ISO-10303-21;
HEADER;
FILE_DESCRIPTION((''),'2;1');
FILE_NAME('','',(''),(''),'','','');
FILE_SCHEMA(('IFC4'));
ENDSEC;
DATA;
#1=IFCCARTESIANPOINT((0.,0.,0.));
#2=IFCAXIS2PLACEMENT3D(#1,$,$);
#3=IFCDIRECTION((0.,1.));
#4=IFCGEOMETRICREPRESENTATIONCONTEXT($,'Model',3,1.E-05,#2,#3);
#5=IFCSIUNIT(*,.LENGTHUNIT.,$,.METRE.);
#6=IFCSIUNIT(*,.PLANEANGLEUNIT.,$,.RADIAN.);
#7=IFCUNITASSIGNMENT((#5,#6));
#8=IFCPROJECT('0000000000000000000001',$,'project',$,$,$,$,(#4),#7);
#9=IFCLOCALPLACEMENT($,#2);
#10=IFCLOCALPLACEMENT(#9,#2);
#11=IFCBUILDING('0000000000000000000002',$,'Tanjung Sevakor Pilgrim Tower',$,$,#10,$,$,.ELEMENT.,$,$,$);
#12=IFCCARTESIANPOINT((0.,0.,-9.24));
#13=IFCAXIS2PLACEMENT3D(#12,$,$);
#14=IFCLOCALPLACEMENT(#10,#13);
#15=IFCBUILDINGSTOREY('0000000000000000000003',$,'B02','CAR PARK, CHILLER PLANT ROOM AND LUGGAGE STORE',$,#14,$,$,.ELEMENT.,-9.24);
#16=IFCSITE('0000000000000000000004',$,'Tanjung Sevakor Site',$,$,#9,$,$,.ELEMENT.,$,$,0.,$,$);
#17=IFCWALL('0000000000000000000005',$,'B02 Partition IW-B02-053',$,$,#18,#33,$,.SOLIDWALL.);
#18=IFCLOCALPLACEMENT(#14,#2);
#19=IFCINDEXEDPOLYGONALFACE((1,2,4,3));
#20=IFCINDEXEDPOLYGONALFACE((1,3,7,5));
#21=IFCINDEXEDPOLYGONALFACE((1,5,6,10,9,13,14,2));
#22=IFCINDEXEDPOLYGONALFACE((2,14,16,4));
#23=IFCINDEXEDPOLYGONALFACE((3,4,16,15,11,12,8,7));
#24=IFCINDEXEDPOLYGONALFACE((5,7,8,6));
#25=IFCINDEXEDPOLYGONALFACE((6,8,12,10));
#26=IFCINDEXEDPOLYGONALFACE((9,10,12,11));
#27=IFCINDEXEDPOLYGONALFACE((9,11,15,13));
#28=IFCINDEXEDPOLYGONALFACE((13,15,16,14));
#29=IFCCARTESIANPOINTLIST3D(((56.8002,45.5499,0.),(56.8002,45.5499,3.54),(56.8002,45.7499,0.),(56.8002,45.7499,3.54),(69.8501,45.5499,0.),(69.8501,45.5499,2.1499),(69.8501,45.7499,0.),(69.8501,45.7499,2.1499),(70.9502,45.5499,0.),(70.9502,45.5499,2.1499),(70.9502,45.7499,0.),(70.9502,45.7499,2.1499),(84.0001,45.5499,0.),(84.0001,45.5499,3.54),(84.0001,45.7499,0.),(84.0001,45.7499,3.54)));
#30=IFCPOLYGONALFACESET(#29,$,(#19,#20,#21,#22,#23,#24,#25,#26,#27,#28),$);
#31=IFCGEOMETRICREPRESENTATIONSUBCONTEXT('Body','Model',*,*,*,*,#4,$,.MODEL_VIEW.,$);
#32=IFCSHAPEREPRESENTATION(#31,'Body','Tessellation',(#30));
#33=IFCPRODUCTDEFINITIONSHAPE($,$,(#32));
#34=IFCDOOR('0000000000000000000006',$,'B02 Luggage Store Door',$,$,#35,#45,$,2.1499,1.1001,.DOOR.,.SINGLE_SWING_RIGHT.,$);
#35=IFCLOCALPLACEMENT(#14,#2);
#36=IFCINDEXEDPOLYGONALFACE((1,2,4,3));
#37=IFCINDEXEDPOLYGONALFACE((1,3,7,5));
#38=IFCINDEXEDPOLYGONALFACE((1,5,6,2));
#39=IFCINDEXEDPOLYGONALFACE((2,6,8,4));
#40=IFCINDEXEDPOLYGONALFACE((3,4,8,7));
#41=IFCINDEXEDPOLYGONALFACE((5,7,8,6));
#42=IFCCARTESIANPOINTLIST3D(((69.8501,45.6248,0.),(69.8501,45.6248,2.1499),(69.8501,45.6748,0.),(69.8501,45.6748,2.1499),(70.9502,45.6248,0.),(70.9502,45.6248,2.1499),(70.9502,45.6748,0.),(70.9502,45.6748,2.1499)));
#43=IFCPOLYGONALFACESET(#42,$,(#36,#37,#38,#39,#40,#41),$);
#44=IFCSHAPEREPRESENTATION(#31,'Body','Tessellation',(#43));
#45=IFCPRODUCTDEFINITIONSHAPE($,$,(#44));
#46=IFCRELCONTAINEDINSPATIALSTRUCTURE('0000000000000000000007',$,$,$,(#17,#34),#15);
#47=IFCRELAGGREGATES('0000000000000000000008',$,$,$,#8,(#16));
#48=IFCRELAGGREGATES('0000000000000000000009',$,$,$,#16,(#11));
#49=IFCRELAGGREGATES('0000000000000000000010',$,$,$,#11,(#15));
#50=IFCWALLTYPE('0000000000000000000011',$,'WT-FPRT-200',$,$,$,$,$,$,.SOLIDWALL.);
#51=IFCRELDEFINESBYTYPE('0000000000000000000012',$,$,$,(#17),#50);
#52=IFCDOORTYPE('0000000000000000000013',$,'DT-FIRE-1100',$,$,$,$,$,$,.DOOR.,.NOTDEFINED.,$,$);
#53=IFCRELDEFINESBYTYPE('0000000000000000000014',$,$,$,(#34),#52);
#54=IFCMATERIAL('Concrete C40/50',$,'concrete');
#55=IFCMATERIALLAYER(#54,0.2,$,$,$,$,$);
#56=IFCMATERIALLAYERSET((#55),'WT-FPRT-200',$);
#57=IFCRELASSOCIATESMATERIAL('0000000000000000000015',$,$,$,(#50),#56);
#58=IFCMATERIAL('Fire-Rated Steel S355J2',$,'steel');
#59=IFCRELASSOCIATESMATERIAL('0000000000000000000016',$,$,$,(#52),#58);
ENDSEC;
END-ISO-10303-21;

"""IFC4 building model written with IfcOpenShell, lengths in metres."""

from ifc_helpers import new_model, si_unit, direction, frame, frame_2d, origin, place, context, subcontext, project, spatial, rectangle, extrude, material, layer, layer_set, type_object, element, fill, save


model = new_model("IFC4")

# Units and contexts
model_context = context("Model", 3, precision=1e-05, world=origin(), true_north=direction((0.0, 1.0)))
body_context = subcontext(model_context, "Body", "Model", "MODEL_VIEW")
ifc_project = project(units=[si_unit("LENGTHUNIT", "METRE"), si_unit("PLANEANGLEUNIT", "RADIAN")], contexts=[model_context])

# Site, building, storey
site_placement = place(None, origin())
site = spatial("IfcSite", under=ifc_project, at=site_placement, Name="Tanjung Sevakor Site", CompositionType="ELEMENT", RefElevation=0.0)
building_placement = place(site_placement, origin())
building = spatial("IfcBuilding", under=site, at=building_placement, Name="Tanjung Sevakor Pilgrim Tower", CompositionType="ELEMENT")
storey_placement = place(building_placement, frame((0.0, 0.0, -9.24)))
storey = spatial("IfcBuildingStorey", under=building, at=storey_placement, Name="B02", Description="CAR PARK, CHILLER PLANT ROOM AND LUGGAGE STORE", CompositionType="ELEMENT", Elevation=-9.24)

# Shared definitions
ifc_material_1 = material(Name="Concrete C40/50", Category="concrete")
ifc_layer = layer(ifc_material_1, 0.2)
ifc_layer_set = layer_set([ifc_layer], Name="WT-FPRT-200")
wall_type = type_object("IfcWallType", Name="WT-FPRT-200", PredefinedType="SOLIDWALL", material=ifc_layer_set)

# Wall, opening, door
wall_1_placement = place(storey_placement, frame((56.8, 45.6499, 0.0), z_axis=(0.0, 0.0, 1.0), x_axis=(1.0, 0.0, 0.0)))
wall_1 = element("IfcWall", 1, at=wall_1_placement, inside=storey, type_object=wall_type, Name="B02 Partition IW-B02-053", PredefinedType="SOLIDWALL", context=body_context, shape_type="SweptSolid", body=[
    extrude(rectangle(XDim=27.2, YDim=0.2, at=frame_2d((13.6001, 0.0))), origin(), (0.0, 0.0, 1.0), 3.54),
])
opening_placement = place(wall_1_placement, frame((13.05, 0.0, 0.0)))
opening = element("IfcOpeningElement", 2, at=opening_placement, cuts=wall_1, PredefinedType="OPENING", context=body_context, shape_type="SweptSolid", body=[
    extrude(rectangle(XDim=1.1001, YDim=2.1499, at=frame_2d((0.55, 1.075))), frame((0.0, 0.1099, 0.0), z_axis=(0.0, -1.0, 0.0), x_axis=(1.0, 0.0, 0.0)), (0.0, 0.0, 1.0), 0.22),
])
ifc_material_2 = material(Name="Fire-Rated Steel S355J2", Category="steel")
door_type = type_object("IfcDoorType", Name="DT-FIRE-1100", OperationType="NOTDEFINED", PredefinedType="DOOR", material=ifc_material_2)
door_placement = place(opening_placement, origin())
door = element("IfcDoor", 3, at=door_placement, inside=storey, type_object=door_type, Name="B02 Luggage Store Door", OperationType="SINGLE_SWING_RIGHT", OverallHeight=2.1499, OverallWidth=1.1001, PredefinedType="DOOR", context=body_context, shape_type="SweptSolid", body=[
    extrude(rectangle(XDim=1.1001, YDim=2.1499, at=frame_2d((0.55, 1.075))), frame((0.0, 0.0249, 0.0), z_axis=(0.0, -1.0, 0.0), x_axis=(1.0, 0.0, 0.0)), (0.0, 0.0, 1.0), 0.05),
])
fill(opening, door)

save(model, "model.ifc")
